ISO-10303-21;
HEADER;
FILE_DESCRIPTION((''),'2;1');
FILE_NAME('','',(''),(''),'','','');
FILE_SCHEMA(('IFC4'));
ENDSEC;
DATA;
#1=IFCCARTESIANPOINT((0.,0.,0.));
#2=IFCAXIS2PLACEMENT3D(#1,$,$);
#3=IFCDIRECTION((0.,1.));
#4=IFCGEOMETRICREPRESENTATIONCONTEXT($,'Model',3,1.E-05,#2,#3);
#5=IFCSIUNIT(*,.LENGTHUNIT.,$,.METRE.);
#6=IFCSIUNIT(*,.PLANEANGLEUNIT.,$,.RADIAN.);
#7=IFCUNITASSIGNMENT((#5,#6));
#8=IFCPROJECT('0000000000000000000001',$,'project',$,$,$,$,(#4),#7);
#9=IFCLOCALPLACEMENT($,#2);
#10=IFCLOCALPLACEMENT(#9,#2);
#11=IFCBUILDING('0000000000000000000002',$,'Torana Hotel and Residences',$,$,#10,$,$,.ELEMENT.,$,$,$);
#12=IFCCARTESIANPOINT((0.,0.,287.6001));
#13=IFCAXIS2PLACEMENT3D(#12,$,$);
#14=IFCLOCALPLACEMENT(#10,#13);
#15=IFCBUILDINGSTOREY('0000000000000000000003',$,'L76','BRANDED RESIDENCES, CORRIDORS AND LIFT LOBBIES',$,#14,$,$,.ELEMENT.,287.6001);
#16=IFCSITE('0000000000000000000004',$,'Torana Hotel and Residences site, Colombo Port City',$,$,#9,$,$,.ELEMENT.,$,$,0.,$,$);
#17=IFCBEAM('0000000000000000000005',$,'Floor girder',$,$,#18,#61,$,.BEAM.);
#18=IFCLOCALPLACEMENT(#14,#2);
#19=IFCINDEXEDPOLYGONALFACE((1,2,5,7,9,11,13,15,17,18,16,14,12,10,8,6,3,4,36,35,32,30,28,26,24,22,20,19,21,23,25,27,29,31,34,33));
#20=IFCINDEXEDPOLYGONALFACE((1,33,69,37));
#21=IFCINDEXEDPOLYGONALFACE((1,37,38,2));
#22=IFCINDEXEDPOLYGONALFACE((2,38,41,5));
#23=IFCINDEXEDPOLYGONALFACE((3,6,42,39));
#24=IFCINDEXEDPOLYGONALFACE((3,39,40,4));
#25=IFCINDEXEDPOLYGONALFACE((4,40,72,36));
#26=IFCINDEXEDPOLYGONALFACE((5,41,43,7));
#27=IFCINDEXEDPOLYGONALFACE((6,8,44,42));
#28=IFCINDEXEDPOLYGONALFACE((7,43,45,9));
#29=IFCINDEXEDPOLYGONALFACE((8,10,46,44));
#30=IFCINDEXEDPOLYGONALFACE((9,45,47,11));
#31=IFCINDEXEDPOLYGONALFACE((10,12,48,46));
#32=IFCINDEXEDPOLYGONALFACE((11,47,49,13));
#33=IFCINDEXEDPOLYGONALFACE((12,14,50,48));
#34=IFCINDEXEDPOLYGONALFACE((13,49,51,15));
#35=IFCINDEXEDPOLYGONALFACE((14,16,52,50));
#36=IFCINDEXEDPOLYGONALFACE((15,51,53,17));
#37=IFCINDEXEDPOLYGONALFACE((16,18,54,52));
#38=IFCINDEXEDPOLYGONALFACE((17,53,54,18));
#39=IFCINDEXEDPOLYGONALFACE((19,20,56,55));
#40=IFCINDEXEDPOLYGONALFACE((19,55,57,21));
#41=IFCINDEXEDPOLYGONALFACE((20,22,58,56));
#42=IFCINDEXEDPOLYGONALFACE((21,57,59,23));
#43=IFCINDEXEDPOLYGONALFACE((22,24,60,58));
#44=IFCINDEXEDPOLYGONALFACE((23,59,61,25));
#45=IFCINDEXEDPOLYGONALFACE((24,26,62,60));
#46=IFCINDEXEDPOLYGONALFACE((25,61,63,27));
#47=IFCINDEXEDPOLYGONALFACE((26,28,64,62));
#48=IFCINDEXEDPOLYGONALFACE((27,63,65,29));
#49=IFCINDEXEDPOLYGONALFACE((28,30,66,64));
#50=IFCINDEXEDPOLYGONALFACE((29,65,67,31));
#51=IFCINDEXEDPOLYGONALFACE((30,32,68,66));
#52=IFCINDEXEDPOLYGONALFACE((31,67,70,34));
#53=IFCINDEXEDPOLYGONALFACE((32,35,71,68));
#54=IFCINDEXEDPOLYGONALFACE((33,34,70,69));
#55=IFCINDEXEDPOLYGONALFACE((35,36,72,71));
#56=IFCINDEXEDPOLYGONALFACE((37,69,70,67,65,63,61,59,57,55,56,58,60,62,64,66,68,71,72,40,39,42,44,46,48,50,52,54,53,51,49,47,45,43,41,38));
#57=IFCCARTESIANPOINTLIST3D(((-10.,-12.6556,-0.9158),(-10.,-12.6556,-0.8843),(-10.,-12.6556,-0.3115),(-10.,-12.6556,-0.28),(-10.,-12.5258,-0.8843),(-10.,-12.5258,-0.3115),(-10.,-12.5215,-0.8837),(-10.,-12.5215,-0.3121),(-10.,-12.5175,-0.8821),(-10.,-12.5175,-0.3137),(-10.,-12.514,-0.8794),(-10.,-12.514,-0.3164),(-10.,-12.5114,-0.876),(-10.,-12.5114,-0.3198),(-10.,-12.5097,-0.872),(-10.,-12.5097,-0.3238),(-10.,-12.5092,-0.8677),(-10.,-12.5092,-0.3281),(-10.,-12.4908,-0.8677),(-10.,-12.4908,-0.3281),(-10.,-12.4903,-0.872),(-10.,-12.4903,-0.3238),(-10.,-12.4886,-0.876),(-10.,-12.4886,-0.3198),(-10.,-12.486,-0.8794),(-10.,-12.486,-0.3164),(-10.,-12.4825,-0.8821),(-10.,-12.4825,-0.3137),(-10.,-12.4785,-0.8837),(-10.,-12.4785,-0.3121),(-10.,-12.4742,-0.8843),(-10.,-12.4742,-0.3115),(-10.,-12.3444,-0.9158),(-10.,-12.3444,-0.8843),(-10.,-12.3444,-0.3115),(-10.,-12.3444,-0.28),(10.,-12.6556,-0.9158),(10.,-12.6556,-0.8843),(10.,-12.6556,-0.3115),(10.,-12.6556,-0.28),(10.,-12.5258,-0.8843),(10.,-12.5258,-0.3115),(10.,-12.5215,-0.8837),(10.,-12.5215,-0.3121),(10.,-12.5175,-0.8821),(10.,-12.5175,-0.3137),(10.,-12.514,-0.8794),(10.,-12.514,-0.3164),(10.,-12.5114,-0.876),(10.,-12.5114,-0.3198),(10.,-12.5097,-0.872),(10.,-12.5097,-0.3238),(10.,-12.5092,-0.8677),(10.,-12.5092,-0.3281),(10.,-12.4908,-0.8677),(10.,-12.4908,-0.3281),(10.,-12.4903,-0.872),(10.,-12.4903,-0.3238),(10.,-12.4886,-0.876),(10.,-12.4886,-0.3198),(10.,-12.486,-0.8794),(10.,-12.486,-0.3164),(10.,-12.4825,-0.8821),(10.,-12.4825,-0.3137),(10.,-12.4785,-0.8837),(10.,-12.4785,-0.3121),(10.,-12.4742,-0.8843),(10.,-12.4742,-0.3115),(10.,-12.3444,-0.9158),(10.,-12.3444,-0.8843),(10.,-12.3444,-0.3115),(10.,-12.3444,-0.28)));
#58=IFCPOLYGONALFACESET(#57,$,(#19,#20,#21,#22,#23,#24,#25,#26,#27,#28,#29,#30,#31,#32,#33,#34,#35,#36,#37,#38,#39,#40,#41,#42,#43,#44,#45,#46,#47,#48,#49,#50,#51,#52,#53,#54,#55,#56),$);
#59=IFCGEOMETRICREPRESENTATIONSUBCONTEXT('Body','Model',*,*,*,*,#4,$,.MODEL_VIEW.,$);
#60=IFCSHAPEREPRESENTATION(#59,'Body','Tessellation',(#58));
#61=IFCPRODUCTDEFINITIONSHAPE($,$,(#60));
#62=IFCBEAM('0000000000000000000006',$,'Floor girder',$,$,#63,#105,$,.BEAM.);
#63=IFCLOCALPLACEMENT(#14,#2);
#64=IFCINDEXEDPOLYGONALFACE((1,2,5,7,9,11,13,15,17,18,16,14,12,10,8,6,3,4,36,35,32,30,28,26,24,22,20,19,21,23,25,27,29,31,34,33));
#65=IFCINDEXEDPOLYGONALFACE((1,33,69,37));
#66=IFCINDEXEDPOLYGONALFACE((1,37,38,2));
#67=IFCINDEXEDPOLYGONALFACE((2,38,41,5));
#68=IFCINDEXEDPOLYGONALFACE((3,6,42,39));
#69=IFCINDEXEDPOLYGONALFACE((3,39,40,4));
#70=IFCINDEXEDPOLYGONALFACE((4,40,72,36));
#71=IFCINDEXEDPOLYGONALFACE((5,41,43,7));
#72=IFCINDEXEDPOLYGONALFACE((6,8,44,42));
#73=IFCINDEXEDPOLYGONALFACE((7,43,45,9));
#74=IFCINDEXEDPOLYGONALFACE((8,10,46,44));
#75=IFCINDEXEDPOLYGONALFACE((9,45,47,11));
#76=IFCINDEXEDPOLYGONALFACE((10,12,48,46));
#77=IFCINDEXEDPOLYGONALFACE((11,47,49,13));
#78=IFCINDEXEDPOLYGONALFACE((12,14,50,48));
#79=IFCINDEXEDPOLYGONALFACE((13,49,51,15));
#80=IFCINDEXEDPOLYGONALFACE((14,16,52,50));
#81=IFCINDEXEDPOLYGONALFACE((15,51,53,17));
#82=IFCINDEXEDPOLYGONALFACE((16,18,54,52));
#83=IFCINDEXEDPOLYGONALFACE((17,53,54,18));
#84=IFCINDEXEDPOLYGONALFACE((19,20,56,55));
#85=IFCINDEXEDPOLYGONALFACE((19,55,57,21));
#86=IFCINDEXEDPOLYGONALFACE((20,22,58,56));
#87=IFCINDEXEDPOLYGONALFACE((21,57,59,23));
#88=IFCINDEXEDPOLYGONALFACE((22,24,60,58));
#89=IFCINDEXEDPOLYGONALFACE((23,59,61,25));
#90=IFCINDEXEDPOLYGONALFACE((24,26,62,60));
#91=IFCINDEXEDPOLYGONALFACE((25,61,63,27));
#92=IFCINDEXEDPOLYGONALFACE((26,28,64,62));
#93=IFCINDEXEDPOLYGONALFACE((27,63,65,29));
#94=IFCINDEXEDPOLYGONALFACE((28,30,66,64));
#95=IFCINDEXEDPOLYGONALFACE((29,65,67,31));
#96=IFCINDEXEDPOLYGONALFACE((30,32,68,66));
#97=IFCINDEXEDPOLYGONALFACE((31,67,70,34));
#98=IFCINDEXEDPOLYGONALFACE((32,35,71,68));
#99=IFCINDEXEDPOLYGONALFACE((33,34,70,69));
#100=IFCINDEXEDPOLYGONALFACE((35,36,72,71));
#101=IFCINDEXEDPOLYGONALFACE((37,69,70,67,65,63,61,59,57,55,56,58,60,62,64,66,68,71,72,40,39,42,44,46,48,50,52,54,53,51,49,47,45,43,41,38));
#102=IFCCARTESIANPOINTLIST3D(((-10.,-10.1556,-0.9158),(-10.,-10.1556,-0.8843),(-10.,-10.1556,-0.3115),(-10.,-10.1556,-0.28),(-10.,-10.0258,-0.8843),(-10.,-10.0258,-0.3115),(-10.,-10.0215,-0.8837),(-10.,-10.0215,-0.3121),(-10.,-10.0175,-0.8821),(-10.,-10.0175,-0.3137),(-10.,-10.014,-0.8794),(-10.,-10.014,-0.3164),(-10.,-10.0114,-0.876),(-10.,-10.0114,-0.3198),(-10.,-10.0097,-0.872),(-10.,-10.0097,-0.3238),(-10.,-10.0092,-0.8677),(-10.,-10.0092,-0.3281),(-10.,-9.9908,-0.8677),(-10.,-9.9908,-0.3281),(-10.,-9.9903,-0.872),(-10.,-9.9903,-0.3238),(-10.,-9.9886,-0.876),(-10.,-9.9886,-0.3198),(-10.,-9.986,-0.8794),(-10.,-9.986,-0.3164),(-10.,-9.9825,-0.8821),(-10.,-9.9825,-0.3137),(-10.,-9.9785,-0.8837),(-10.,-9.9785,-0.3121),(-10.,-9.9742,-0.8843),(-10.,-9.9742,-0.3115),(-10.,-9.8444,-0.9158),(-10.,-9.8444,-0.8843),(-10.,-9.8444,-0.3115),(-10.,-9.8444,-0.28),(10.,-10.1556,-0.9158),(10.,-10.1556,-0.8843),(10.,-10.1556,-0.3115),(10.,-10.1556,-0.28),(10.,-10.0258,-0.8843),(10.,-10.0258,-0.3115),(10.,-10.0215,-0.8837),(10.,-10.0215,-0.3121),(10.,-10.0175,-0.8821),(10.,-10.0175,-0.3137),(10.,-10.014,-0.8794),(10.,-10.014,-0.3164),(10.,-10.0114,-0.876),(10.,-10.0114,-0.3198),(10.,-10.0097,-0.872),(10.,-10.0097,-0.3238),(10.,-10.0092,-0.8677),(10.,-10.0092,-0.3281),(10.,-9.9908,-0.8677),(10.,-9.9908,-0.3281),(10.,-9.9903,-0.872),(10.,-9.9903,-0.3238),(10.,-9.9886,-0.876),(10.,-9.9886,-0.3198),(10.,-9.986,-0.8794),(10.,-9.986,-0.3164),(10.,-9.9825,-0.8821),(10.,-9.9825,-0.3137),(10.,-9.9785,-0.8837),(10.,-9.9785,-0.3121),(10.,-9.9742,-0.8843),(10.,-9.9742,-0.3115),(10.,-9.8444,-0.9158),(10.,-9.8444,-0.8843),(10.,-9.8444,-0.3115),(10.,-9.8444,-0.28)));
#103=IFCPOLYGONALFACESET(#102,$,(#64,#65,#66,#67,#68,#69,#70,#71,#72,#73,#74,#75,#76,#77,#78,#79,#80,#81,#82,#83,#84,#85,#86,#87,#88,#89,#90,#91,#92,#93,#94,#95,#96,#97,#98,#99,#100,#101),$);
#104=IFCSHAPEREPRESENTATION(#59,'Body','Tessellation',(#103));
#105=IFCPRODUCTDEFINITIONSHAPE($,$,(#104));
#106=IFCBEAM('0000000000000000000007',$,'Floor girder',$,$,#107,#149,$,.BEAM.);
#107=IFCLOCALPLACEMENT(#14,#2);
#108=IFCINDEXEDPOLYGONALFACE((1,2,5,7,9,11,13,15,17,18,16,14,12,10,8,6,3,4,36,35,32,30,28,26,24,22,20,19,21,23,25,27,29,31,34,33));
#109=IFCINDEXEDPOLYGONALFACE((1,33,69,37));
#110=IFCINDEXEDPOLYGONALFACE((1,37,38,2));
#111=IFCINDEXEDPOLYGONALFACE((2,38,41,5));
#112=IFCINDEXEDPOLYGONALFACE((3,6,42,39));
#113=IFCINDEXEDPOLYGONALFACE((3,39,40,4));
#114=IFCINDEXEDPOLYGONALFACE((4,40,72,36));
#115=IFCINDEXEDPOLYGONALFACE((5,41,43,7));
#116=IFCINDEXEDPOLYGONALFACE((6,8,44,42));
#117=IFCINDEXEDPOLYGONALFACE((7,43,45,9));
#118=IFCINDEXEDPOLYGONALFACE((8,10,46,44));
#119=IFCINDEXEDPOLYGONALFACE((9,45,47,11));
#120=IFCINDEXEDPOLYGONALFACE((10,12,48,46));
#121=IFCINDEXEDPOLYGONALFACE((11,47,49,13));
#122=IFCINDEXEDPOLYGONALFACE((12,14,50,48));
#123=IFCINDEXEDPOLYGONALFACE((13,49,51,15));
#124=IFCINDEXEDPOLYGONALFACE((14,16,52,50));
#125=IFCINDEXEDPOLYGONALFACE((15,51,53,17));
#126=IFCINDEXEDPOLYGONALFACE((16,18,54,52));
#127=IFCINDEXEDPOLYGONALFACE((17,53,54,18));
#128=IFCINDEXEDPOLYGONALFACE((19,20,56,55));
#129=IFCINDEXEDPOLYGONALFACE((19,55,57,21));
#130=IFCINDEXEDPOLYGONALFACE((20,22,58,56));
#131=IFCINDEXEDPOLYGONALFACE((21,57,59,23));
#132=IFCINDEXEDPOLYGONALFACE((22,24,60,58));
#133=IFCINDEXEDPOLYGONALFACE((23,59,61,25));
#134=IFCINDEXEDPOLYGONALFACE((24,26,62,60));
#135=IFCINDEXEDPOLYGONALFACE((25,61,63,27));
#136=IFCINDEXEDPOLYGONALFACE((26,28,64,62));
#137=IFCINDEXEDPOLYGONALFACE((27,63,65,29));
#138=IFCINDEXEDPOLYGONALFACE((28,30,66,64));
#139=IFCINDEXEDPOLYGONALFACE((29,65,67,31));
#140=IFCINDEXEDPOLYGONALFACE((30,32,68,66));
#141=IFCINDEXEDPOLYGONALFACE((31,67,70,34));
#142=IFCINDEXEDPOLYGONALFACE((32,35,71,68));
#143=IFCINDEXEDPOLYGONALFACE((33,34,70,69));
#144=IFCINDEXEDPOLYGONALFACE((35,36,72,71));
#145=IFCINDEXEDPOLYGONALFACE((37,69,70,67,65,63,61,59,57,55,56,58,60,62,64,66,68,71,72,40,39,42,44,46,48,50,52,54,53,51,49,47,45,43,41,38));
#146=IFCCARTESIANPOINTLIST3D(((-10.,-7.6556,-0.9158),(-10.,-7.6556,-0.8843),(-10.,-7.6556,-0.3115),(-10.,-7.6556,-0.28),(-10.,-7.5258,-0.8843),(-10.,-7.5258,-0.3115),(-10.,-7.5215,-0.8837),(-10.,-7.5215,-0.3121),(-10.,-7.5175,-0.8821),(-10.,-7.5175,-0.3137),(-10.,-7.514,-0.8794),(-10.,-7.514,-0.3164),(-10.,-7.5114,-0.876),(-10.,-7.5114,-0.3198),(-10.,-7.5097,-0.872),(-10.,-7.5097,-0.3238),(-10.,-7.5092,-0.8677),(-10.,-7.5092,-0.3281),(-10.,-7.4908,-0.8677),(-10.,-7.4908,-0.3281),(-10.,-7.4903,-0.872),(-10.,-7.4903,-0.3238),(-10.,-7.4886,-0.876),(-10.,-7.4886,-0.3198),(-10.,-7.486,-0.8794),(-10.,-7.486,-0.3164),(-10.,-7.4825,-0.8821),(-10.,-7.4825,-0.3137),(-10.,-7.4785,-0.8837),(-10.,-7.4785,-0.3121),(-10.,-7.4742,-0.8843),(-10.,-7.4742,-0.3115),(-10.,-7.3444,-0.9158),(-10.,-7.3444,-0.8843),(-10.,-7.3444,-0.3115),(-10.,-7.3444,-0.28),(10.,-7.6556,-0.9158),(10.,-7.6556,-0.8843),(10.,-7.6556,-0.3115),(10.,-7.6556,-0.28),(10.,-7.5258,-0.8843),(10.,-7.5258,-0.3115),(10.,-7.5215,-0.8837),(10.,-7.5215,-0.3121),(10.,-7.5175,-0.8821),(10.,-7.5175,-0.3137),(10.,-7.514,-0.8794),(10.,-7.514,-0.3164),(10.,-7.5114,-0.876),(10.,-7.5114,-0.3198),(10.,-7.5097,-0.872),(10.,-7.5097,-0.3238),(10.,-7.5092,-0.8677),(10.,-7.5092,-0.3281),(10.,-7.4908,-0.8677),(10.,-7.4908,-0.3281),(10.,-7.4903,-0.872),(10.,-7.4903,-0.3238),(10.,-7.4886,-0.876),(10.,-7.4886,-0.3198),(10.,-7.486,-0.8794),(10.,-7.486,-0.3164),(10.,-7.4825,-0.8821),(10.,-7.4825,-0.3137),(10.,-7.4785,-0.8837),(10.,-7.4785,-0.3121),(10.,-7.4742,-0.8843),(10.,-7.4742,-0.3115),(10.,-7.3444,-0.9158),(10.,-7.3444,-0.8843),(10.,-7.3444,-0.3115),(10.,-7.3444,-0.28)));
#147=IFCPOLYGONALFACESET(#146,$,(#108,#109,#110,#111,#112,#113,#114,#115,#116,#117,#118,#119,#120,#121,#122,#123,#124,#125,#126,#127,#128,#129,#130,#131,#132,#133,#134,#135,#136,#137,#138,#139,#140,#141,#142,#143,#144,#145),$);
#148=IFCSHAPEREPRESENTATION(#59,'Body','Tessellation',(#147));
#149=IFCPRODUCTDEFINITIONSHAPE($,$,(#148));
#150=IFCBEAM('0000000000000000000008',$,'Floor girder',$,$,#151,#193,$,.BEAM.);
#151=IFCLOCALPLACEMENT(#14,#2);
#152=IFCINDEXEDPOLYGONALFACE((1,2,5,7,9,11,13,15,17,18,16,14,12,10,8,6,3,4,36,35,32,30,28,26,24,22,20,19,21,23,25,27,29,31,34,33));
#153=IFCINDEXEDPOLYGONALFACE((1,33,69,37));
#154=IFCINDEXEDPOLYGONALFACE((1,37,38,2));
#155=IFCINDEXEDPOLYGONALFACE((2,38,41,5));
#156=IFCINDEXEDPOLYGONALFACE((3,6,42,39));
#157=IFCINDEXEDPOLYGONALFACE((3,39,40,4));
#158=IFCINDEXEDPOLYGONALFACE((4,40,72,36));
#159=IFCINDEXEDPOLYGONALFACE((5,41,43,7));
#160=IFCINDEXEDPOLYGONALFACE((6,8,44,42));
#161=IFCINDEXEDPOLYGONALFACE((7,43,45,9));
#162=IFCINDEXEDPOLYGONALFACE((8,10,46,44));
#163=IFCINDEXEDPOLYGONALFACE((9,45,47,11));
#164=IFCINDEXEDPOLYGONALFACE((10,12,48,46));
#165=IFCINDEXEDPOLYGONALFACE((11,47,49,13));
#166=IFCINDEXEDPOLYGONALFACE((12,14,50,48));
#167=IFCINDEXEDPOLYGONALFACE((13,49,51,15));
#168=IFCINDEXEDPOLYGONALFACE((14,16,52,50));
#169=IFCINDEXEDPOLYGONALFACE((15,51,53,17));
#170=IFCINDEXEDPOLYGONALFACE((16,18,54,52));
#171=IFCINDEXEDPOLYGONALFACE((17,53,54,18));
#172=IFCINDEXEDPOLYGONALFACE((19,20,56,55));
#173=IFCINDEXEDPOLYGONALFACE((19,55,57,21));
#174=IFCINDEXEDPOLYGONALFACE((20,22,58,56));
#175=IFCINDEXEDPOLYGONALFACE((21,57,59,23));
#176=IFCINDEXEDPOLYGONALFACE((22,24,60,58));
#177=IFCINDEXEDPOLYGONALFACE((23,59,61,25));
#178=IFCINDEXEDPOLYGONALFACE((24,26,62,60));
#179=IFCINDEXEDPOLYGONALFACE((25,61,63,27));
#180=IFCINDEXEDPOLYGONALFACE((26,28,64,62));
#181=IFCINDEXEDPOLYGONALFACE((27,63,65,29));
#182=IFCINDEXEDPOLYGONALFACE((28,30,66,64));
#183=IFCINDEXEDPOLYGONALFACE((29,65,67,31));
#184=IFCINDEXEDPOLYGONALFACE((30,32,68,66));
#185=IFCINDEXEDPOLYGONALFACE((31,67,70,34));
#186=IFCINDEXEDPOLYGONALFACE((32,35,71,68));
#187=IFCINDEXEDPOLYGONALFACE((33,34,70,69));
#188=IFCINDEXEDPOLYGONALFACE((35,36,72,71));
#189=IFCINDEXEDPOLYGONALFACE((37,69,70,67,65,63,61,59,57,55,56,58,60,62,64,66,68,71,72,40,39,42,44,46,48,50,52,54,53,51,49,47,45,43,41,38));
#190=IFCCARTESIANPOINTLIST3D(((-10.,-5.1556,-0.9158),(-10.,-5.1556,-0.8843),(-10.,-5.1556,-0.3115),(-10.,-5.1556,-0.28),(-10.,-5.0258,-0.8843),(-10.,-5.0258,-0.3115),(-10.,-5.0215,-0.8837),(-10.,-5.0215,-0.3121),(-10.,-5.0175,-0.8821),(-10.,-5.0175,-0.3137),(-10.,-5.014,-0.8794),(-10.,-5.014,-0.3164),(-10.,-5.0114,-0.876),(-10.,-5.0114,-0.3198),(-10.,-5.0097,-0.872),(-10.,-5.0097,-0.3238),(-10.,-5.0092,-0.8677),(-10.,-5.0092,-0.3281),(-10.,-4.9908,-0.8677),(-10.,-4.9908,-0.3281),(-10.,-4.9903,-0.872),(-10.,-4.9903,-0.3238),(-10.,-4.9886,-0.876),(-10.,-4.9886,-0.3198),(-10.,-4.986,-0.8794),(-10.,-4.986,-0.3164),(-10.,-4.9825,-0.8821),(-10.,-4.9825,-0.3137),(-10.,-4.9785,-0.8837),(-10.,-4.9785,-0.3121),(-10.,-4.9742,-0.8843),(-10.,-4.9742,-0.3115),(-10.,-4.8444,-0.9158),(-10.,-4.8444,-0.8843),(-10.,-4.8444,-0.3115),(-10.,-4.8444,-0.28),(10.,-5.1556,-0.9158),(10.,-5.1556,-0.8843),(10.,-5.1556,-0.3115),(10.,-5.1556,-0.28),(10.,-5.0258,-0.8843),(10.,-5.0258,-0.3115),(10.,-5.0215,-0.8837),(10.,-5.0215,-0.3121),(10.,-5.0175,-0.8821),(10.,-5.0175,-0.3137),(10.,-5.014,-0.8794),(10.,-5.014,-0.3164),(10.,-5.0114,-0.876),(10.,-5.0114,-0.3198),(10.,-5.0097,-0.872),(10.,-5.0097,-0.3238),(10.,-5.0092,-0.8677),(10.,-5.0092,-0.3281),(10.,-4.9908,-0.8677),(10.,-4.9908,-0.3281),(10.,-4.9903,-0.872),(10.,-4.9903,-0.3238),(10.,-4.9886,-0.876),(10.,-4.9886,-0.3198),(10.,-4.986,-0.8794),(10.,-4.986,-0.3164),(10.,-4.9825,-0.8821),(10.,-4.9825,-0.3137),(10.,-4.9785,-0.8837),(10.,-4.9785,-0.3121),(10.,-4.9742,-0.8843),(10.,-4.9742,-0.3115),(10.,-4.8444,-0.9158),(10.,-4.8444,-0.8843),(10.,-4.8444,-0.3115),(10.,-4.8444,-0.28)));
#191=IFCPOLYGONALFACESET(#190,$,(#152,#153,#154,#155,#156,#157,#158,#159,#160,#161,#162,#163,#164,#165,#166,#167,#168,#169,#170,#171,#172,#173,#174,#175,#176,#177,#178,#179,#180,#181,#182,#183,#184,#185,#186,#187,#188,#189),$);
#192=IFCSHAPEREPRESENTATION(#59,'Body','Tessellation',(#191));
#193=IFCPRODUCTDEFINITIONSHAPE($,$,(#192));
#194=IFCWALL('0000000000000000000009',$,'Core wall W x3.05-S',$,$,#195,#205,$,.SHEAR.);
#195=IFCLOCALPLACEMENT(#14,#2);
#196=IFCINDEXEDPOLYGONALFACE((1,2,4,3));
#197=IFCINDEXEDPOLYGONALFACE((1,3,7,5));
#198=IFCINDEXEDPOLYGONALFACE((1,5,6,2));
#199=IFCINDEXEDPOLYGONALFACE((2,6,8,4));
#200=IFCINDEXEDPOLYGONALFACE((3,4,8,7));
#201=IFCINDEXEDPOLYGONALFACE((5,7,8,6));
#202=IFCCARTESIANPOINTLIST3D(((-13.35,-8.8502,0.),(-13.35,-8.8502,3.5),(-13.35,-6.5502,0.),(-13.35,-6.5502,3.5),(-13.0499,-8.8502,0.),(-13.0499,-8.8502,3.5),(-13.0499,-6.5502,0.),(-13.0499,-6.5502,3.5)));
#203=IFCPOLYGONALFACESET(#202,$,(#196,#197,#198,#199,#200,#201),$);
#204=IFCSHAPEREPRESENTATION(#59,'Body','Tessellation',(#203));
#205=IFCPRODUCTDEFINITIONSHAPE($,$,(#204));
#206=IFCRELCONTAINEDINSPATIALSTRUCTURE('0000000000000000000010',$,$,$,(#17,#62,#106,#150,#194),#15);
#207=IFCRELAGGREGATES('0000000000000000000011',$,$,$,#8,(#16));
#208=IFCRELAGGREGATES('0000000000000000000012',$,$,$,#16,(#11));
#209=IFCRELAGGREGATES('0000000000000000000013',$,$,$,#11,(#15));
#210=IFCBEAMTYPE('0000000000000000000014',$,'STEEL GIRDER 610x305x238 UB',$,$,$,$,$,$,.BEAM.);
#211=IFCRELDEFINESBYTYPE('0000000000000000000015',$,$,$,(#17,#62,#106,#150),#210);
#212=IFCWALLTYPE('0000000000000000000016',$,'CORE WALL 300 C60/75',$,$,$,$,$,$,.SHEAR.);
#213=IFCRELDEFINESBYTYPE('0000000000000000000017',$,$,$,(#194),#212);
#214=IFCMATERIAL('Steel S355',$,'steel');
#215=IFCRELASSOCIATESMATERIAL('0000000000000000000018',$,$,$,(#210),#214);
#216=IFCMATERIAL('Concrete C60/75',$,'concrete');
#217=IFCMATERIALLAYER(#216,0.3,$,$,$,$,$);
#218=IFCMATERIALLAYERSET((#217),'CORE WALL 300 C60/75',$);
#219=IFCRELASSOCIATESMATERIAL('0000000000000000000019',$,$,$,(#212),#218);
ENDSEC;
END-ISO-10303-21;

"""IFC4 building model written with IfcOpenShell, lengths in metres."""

from ifc_helpers import new_model, si_unit, direction, frame, frame_2d, origin, origin_2d, place, context, subcontext, project, spatial, rectangle, i_section, extrude, material, layer, layer_set, material_profile, profile_set, type_object, element, save


model = new_model("IFC4")

# Units and contexts
model_context = context("Model", 3, precision=1e-05, world=origin(), true_north=direction((0.0, 1.0)))
body_context = subcontext(model_context, "Body", "Model", "MODEL_VIEW")
ifc_project = project(units=[si_unit("LENGTHUNIT", "METRE"), si_unit("PLANEANGLEUNIT", "RADIAN")], contexts=[model_context])

# Site, building, storey
site_placement = place(None, origin())
site = spatial("IfcSite", under=ifc_project, at=site_placement, Name="Torana Hotel and Residences site, Colombo Port City", CompositionType="ELEMENT", RefElevation=0.0)
building_placement = place(site_placement, origin())
building = spatial("IfcBuilding", under=site, at=building_placement, Name="Torana Hotel and Residences", CompositionType="ELEMENT")
storey_placement = place(building_placement, frame((0.0, 0.0, 287.6001)))
storey = spatial("IfcBuildingStorey", under=building, at=storey_placement, Name="L76", Description="BRANDED RESIDENCES, CORRIDORS AND LIFT LOBBIES", CompositionType="ELEMENT", Elevation=287.6001)

# Beams
ifc_material_1 = material(Name="Steel S355", Category="steel")
ifc_material_profile = material_profile(ifc_material_1, i_section(OverallWidth=0.3113, OverallDepth=0.6357, WebThickness=0.0183, FlangeThickness=0.0315, FilletRadius=0.0166, at=origin_2d()), Name="610x305x238 UB")
ifc_profile_set = profile_set([ifc_material_profile], Name="Steel S355")
beam_type = type_object("IfcBeamType", Name="STEEL GIRDER 610x305x238 UB", PredefinedType="BEAM", material=ifc_profile_set)
for number, where, z_axis, x_axis, name in (
    (1, (-10.0, -12.5, -0.5979), (1.0, 0.0, 0.0), (0.0, 1.0, 0.0), "Floor girder"),
    (2, (-10.0, -10.0, -0.5979), (1.0, 0.0, 0.0), (0.0, 1.0, 0.0), "Floor girder"),
    (3, (-10.0, -7.5, -0.5979), (1.0, 0.0, 0.0), (0.0, 1.0, 0.0), "Floor girder"),
    (4, (-10.0, -5.0, -0.5979), (1.0, 0.0, 0.0), (0.0, 1.0, 0.0), "Floor girder"),
):
    element("IfcBeam", number, at=place(storey_placement, frame(where, z_axis=z_axis, x_axis=x_axis)), inside=storey, type_object=beam_type, Name=name, PredefinedType="BEAM", context=body_context, shape_type="SweptSolid", body=[
        extrude(i_section(OverallWidth=0.3113, OverallDepth=0.6357, WebThickness=0.0183, FlangeThickness=0.0315, FilletRadius=0.0166, at=origin_2d()), origin(), (0.0, 0.0, 1.0), 20.0),
    ])

# Wall
ifc_material_2 = material(Name="Concrete C60/75", Category="concrete")
ifc_layer_1 = layer(ifc_material_2, 0.3)
ifc_layer_set_1 = layer_set([ifc_layer_1], Name="CORE WALL 300 C60/75")
wall_type_1 = type_object("IfcWallType", Name="CORE WALL 300 C60/75", PredefinedType="SHEAR", material=ifc_layer_set_1)
wall_1_placement = place(storey_placement, frame((-13.2, -8.8501, 0.0), z_axis=(0.0, 0.0, 1.0), x_axis=(0.0, 1.0, 0.0)))
element("IfcWall", 5, at=wall_1_placement, inside=storey, type_object=wall_type_1, Name="Core wall W x3.05-S", PredefinedType="SHEAR", context=body_context, shape_type="SweptSolid", body=[
    extrude(rectangle(XDim=2.3, YDim=0.3, at=frame_2d((1.1499, 0.0))), origin(), (0.0, 0.0, 1.0), 3.5),
])

save(model, "model.ifc")
